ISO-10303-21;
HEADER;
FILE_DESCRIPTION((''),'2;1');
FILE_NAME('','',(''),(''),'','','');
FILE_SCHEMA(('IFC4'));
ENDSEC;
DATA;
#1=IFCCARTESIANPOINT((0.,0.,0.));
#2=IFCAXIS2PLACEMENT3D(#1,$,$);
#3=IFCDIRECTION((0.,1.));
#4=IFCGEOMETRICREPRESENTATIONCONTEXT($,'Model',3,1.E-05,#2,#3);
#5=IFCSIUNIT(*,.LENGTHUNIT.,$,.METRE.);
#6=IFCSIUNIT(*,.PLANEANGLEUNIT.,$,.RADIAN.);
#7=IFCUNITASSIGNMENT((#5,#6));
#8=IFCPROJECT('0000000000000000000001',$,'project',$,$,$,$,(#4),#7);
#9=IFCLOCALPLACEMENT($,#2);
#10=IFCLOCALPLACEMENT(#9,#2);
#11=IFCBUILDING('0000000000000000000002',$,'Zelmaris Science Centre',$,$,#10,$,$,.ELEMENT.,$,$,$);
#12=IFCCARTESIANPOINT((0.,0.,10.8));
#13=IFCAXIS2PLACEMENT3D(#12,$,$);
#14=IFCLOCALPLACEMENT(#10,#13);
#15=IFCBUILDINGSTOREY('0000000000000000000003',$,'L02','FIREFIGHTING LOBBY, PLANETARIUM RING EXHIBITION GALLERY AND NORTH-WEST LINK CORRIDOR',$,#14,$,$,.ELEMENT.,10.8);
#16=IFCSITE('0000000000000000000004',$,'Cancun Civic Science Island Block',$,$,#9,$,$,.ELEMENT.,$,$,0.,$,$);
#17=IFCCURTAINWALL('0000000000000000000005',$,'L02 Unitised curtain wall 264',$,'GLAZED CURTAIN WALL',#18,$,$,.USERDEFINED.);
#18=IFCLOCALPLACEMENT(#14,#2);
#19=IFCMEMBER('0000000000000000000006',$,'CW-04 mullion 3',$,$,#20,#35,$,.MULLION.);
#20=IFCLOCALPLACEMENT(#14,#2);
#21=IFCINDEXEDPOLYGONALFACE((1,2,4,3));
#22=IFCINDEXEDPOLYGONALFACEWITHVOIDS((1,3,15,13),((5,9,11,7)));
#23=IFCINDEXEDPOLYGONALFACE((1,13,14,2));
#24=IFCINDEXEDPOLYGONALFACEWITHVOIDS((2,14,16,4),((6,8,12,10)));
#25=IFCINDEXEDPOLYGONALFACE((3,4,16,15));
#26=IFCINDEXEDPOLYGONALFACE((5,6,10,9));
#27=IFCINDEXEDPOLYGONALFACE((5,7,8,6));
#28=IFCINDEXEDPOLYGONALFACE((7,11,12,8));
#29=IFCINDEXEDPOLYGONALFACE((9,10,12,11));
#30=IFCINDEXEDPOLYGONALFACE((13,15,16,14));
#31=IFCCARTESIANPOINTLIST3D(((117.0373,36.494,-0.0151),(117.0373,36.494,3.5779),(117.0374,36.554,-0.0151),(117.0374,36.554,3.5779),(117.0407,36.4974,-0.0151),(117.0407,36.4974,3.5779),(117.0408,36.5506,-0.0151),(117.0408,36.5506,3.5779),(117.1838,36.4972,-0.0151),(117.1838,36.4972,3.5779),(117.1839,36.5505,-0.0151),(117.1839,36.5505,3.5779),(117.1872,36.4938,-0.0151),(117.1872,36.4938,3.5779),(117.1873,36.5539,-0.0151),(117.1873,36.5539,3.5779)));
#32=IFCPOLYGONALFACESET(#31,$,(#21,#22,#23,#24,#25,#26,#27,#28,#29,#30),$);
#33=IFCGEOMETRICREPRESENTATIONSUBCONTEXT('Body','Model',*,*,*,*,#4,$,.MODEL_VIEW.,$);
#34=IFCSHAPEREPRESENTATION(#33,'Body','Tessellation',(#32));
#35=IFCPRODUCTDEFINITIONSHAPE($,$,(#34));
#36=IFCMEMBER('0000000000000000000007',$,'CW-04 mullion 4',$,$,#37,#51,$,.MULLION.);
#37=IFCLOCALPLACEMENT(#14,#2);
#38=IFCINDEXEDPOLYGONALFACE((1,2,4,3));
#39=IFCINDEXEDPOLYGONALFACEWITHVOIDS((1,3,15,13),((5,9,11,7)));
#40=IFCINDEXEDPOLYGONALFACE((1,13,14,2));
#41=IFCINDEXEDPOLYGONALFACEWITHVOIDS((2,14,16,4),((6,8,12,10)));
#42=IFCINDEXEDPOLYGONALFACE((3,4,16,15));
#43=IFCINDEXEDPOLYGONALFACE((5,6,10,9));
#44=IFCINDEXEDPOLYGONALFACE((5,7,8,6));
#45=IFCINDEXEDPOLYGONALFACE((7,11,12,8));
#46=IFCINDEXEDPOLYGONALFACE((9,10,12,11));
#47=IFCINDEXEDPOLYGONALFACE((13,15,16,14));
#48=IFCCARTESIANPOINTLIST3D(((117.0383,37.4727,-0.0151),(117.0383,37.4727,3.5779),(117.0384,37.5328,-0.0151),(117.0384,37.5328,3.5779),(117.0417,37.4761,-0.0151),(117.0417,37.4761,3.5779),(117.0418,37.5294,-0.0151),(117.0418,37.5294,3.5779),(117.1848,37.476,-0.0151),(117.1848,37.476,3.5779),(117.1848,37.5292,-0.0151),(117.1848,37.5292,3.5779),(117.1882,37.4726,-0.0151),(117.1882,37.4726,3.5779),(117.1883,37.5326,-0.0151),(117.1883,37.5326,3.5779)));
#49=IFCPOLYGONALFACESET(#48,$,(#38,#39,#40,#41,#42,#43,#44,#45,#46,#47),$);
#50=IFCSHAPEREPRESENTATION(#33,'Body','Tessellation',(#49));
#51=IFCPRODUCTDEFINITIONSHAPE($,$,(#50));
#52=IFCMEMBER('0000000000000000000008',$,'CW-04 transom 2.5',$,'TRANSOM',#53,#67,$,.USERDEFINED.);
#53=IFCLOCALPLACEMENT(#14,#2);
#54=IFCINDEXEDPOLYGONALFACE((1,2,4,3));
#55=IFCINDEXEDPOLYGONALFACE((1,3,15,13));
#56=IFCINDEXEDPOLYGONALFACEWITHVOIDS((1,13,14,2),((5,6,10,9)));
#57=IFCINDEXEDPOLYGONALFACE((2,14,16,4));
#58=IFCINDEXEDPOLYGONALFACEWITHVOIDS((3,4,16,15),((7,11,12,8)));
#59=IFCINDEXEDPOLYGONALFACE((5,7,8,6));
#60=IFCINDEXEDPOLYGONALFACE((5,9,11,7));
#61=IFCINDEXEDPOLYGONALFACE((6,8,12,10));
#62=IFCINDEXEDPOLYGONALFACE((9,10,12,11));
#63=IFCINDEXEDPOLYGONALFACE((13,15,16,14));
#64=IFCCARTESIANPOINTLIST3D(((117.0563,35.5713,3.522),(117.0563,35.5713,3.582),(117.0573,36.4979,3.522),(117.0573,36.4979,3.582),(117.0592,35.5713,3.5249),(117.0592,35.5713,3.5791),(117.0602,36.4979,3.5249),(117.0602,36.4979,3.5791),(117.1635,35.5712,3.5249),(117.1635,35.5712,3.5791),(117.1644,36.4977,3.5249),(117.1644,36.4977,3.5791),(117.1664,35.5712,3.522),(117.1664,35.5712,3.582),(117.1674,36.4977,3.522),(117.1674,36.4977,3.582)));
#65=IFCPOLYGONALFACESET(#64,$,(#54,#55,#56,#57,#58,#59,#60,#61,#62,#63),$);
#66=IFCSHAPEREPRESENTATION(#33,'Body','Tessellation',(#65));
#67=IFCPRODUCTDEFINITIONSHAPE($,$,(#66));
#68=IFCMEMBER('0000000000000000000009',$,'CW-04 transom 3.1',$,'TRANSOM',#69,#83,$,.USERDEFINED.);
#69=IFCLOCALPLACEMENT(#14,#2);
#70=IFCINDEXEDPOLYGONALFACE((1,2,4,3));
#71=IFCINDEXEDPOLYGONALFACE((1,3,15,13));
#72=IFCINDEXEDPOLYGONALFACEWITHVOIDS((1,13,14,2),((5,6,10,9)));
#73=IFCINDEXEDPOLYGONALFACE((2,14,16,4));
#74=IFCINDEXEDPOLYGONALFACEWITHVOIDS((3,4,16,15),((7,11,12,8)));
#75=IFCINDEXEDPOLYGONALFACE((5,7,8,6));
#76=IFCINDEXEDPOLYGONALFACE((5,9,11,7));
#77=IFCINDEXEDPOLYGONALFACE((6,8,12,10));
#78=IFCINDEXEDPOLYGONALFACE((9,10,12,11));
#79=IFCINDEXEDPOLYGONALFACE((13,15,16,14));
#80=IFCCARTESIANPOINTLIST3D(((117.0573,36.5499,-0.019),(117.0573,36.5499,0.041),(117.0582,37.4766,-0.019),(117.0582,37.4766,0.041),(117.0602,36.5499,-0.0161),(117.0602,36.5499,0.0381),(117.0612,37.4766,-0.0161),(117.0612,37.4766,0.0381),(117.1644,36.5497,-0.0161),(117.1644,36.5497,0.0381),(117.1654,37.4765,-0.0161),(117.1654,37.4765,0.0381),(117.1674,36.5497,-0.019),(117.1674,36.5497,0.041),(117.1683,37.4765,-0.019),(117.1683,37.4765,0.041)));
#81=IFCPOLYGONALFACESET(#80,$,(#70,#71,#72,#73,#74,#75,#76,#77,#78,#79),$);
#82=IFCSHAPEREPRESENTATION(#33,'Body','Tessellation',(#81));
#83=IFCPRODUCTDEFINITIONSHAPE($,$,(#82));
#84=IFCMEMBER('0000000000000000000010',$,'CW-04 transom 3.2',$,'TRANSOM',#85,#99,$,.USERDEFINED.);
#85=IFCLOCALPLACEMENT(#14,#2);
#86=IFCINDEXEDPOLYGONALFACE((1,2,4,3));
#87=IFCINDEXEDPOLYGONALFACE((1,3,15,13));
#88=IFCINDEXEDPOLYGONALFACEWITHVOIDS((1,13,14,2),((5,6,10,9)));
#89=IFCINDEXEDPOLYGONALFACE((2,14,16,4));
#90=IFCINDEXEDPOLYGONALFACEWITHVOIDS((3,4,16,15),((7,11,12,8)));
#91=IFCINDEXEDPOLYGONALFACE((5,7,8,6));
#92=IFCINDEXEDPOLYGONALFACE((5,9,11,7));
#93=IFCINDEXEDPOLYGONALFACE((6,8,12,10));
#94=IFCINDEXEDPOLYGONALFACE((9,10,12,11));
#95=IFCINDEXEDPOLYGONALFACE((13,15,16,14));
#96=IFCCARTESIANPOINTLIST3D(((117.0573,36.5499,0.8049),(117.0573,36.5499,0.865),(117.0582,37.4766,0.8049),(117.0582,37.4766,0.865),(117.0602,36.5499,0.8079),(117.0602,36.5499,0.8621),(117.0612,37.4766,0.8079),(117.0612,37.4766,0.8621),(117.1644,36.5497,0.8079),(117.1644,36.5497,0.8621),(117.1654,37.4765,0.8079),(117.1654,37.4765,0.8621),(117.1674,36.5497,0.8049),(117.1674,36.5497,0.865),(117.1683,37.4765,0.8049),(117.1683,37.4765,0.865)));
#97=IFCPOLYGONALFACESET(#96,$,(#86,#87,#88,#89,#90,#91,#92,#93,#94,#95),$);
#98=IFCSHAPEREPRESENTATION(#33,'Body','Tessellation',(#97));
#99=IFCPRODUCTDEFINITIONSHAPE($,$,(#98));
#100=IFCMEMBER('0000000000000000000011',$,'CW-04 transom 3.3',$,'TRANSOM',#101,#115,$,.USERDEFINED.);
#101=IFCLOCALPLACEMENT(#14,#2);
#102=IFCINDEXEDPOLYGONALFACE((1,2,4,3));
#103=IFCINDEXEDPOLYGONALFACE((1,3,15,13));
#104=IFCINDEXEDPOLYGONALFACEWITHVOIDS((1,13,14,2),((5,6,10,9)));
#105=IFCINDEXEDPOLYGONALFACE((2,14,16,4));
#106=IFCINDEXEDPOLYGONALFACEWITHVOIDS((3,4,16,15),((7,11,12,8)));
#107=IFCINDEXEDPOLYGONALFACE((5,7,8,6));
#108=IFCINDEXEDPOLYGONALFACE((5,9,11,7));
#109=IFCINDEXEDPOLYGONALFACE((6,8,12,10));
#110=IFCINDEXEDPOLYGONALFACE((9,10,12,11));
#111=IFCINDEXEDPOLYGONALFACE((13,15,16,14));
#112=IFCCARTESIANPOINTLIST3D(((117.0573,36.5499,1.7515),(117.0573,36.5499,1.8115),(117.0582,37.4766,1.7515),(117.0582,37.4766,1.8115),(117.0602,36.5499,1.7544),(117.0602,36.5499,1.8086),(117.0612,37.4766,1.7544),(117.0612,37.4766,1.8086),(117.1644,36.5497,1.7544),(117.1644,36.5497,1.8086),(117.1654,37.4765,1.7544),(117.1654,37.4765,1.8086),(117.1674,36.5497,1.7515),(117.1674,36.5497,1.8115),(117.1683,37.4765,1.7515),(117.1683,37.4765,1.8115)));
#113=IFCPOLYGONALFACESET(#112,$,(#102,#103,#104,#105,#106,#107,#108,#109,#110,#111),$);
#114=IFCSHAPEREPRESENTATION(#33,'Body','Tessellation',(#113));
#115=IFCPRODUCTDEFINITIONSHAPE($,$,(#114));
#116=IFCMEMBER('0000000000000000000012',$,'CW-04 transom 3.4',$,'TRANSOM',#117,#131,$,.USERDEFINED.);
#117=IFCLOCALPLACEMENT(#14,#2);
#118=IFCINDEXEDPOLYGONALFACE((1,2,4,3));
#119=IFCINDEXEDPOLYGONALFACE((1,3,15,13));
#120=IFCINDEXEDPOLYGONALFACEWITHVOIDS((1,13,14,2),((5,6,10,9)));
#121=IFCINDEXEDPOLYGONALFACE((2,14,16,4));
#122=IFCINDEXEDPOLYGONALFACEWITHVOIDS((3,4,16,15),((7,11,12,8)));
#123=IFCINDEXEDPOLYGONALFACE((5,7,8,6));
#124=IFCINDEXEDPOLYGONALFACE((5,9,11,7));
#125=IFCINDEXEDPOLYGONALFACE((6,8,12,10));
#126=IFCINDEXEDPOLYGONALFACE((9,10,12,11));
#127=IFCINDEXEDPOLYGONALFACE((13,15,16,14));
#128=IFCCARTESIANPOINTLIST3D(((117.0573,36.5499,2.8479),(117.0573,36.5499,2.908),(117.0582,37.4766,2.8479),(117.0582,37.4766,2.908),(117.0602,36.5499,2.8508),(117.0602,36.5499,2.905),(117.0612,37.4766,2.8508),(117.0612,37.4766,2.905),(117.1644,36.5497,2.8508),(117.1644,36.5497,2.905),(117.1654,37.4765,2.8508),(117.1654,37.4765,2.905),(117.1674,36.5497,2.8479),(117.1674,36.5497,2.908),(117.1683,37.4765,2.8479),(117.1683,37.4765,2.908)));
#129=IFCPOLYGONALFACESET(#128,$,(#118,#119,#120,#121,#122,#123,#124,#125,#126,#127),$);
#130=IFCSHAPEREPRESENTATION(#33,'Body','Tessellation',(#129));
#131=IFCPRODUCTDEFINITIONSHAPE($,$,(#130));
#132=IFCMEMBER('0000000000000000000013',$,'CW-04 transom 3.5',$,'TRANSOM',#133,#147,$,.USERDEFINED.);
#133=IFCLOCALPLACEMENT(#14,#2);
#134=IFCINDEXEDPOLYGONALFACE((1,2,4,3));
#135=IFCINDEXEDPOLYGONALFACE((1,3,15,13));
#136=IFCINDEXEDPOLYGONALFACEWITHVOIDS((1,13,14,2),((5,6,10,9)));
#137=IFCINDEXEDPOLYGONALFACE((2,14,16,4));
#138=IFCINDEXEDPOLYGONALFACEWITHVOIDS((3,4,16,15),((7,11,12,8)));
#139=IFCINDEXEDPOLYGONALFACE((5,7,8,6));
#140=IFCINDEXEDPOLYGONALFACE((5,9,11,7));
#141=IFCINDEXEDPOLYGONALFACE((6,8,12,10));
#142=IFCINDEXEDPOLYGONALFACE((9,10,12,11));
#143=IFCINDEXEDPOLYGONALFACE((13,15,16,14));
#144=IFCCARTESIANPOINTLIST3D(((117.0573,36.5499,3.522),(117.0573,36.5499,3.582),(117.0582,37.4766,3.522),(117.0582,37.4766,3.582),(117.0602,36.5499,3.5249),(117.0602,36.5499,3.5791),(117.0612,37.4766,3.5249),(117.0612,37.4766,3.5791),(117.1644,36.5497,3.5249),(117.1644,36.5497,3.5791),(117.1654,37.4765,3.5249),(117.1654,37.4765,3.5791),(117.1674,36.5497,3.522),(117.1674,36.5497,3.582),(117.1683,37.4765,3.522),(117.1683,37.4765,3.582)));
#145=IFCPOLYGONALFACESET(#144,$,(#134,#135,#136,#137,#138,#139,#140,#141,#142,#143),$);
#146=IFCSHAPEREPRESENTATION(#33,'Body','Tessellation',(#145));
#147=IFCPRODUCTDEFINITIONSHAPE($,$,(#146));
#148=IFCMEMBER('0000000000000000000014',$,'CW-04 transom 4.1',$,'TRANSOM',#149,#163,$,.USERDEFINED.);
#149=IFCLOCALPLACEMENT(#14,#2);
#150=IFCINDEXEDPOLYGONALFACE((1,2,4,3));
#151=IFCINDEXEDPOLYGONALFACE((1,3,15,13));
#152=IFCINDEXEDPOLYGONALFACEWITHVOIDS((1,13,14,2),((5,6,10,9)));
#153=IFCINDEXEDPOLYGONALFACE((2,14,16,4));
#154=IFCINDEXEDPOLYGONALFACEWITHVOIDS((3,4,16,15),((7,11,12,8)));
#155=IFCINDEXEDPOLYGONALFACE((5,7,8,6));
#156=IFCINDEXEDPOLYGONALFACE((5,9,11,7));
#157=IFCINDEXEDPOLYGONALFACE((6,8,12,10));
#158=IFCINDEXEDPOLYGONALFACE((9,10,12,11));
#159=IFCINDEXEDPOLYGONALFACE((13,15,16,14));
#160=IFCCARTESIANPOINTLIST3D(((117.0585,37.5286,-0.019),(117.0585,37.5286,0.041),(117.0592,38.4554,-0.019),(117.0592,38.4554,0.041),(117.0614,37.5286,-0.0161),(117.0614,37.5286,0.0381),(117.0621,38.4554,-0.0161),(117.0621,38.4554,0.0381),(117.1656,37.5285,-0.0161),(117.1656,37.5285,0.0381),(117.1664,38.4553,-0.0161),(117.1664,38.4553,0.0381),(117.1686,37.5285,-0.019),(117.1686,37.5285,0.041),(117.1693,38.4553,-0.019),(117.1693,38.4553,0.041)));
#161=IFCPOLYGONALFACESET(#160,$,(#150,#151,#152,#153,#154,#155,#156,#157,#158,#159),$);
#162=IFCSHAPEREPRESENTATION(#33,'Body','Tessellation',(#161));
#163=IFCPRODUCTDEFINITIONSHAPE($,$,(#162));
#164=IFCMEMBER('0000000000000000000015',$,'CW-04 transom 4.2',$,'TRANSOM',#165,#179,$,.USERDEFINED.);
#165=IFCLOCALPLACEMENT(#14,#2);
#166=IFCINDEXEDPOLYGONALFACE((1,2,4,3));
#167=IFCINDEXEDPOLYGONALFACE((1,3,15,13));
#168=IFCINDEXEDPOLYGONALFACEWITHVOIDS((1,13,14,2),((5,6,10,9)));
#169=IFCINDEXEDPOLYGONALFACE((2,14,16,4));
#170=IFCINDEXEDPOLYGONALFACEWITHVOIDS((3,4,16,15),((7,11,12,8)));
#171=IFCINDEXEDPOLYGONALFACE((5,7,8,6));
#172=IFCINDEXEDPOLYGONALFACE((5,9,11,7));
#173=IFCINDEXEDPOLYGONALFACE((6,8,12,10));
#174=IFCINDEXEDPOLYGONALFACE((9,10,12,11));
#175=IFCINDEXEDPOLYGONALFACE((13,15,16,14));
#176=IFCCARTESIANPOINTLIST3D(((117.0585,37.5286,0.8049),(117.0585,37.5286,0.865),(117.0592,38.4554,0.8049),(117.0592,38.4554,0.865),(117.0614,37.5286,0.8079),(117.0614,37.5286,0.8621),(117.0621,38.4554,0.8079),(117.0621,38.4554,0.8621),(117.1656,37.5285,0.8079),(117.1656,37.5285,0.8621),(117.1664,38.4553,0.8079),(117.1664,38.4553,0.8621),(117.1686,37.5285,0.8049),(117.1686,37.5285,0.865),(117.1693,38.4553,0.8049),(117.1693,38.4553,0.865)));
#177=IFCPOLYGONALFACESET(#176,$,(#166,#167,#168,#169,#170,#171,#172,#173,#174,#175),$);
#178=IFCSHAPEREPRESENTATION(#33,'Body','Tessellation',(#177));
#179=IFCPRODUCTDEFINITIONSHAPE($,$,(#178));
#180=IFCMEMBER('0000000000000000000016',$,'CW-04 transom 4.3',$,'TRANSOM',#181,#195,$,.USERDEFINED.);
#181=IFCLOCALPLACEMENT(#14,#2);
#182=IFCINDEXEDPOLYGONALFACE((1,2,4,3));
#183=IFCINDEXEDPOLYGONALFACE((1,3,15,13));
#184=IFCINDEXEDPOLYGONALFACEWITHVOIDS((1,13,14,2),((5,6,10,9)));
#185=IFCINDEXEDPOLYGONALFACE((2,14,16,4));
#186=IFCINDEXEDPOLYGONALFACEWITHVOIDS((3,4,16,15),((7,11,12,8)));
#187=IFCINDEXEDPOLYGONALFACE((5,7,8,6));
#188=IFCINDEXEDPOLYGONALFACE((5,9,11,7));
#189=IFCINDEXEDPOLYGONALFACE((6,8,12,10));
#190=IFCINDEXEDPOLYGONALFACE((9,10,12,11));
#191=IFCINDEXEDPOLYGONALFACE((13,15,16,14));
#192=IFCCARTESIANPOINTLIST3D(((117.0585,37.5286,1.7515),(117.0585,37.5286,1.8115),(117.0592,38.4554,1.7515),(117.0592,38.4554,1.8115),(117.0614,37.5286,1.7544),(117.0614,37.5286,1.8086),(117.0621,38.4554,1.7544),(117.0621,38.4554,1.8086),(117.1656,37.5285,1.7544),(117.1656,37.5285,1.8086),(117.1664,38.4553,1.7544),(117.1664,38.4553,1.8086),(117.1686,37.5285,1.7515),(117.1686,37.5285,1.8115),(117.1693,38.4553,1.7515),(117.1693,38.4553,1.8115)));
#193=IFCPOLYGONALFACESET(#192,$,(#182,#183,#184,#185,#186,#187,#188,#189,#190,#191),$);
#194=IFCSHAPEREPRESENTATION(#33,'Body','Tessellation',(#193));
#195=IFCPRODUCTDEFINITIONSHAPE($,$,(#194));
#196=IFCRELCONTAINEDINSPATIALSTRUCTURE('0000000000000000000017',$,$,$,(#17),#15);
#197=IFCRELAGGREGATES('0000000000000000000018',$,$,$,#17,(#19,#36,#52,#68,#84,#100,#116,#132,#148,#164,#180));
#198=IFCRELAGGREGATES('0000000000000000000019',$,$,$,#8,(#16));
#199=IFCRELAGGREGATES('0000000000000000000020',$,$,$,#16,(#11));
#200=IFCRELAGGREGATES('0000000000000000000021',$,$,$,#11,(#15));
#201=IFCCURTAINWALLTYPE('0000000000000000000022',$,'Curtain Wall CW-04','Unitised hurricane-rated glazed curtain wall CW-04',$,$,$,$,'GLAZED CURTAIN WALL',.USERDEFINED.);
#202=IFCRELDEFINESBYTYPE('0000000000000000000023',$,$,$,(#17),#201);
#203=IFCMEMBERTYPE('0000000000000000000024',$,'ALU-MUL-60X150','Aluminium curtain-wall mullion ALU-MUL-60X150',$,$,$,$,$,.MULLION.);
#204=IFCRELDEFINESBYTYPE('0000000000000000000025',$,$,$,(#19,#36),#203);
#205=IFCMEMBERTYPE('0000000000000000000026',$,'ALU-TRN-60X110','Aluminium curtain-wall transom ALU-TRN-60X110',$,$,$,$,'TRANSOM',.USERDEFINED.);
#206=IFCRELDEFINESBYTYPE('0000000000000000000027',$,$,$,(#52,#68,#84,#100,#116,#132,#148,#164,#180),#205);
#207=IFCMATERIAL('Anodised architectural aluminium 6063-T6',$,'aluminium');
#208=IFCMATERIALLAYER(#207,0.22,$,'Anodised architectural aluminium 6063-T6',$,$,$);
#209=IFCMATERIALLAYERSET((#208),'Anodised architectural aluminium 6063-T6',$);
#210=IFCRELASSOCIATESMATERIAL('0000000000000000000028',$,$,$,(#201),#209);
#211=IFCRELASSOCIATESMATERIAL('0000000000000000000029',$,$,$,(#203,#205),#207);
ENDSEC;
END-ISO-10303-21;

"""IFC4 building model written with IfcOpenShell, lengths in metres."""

from ifc_helpers import new_model, si_unit, direction, frame, origin, origin_2d, place, context, subcontext, project, spatial, hollow_rectangle, extrude, material, layer, layer_set, material_profile, profile_set, type_object, element, aggregate, save


model = new_model("IFC4")

# Units and contexts
model_context = context("Model", 3, precision=1e-05, world=origin(), true_north=direction((0.0, 1.0)))
body_context = subcontext(model_context, "Body", "Model", "MODEL_VIEW")
ifc_project = project(units=[si_unit("LENGTHUNIT", "METRE"), si_unit("PLANEANGLEUNIT", "RADIAN")], contexts=[model_context])

# Site, building, storey
site_placement = place(None, origin())
site = spatial("IfcSite", under=ifc_project, at=site_placement, Name="Cancun Civic Science Island Block", CompositionType="ELEMENT", RefElevation=0.0)
building_placement = place(site_placement, origin())
building = spatial("IfcBuilding", under=site, at=building_placement, Name="Zelmaris Science Centre", CompositionType="ELEMENT")
storey_placement = place(building_placement, frame((0.0, 0.0, 10.8)))
storey = spatial("IfcBuildingStorey", under=building, at=storey_placement, Name="L02", Description="FIREFIGHTING LOBBY, PLANETARIUM RING EXHIBITION GALLERY AND NORTH-WEST LINK CORRIDOR", CompositionType="ELEMENT", Elevation=10.8)

# Curtain wall, members
ifc_material_1 = material(Name="Anodised architectural aluminium 6063-T6", Category="aluminium")
ifc_layer_1 = layer(ifc_material_1, 0.22, Name="Anodised architectural aluminium 6063-T6")
ifc_layer_set_1 = layer_set([ifc_layer_1], Name="Anodised architectural aluminium 6063-T6")
curtain_wall_type = type_object("IfcCurtainWallType", Name="Curtain Wall CW-04", Description="Unitised hurricane-rated glazed curtain wall CW-04", ElementType="GLAZED CURTAIN WALL", PredefinedType="USERDEFINED", material=ifc_layer_set_1)
curtain_wall_placement = place(storey_placement, origin())
curtain_wall = element("IfcCurtainWall", 1, at=curtain_wall_placement, inside=storey, type_object=curtain_wall_type, Name="L02 Unitised curtain wall 264", ObjectType="GLAZED CURTAIN WALL", PredefinedType="USERDEFINED")
ifc_material_profile_1 = material_profile(ifc_material_1, hollow_rectangle(XDim=0.0601, YDim=0.1499, WallThickness=0.0034, at=origin_2d()), Name="ALU-MUL-60X150")
ifc_profile_set_1 = profile_set([ifc_material_profile_1], Name="Anodised architectural aluminium 6063-T6")
member_type_1 = type_object("IfcMemberType", Name="ALU-MUL-60X150", Description="Aluminium curtain-wall mullion ALU-MUL-60X150", PredefinedType="MULLION", material=ifc_profile_set_1)
member_1_placement = place(storey_placement, frame((117.1123, 36.5239, -0.0151), z_axis=(0.0, 0.0, 1.0), x_axis=(0.001019, 0.999999, 0.0)))
member_1 = element("IfcMember", 2, at=member_1_placement, type_object=member_type_1, Name="CW-04 mullion 3", PredefinedType="MULLION", context=body_context, shape_type="SweptSolid", body=[
    extrude(hollow_rectangle(XDim=0.0601, YDim=0.1499, WallThickness=0.0034, at=origin_2d()), origin(), (0.0, 0.0, 1.0), 3.593),
])
member_2_placement = place(storey_placement, frame((117.1133, 37.5027, -0.0151), z_axis=(0.0, 0.0, 1.0), x_axis=(0.001019, 0.999999, 0.0)))
member_2 = element("IfcMember", 3, at=member_2_placement, type_object=member_type_1, Name="CW-04 mullion 4", PredefinedType="MULLION", context=body_context, shape_type="SweptSolid", body=[
    extrude(hollow_rectangle(XDim=0.0601, YDim=0.1499, WallThickness=0.0034, at=origin_2d()), origin(), (0.0, 0.0, 1.0), 3.593),
])
ifc_material_profile_2 = material_profile(ifc_material_1, hollow_rectangle(XDim=0.0601, YDim=0.1101, WallThickness=0.0029, at=origin_2d()), Name="ALU-TRN-60X110")
ifc_profile_set_2 = profile_set([ifc_material_profile_2], Name="Anodised architectural aluminium 6063-T6")
member_type_2 = type_object("IfcMemberType", Name="ALU-TRN-60X110", Description="Aluminium curtain-wall transom ALU-TRN-60X110", ElementType="TRANSOM", PredefinedType="USERDEFINED", material=ifc_profile_set_2)
member_3_placement = place(storey_placement, frame((117.1113, 35.5713, 3.552), z_axis=(0.001054, 0.999999, 0.0), x_axis=(0.0, 0.0, 1.0)))
member_3 = element("IfcMember", 4, at=member_3_placement, type_object=member_type_2, Name="CW-04 transom 2.5", ObjectType="TRANSOM", PredefinedType="USERDEFINED", context=body_context, shape_type="SweptSolid", body=[
    extrude(hollow_rectangle(XDim=0.0601, YDim=0.1101, WallThickness=0.0029, at=origin_2d()), origin(), (0.0, 0.0, 1.0), 0.9265),
])
member_4_placement = place(storey_placement, frame((117.1123, 36.5498, 0.011), z_axis=(0.001054, 0.999999, 0.0), x_axis=(0.0, 0.0, 1.0)))
member_4 = element("IfcMember", 5, at=member_4_placement, type_object=member_type_2, Name="CW-04 transom 3.1", ObjectType="TRANSOM", PredefinedType="USERDEFINED", context=body_context, shape_type="SweptSolid", body=[
    extrude(hollow_rectangle(XDim=0.0601, YDim=0.1101, WallThickness=0.0029, at=origin_2d()), origin(), (0.0, 0.0, 1.0), 0.9268),
])
member_5_placement = place(storey_placement, frame((117.1123, 36.5498, 0.835), z_axis=(0.001054, 0.999999, 0.0), x_axis=(0.0, 0.0, 1.0)))
member_5 = element("IfcMember", 6, at=member_5_placement, type_object=member_type_2, Name="CW-04 transom 3.2", ObjectType="TRANSOM", PredefinedType="USERDEFINED", context=body_context, shape_type="SweptSolid", body=[
    extrude(hollow_rectangle(XDim=0.0601, YDim=0.1101, WallThickness=0.0029, at=origin_2d()), origin(), (0.0, 0.0, 1.0), 0.9268),
])
member_6_placement = place(storey_placement, frame((117.1123, 36.5498, 1.7815), z_axis=(0.001054, 0.999999, 0.0), x_axis=(0.0, 0.0, 1.0)))
member_6 = element("IfcMember", 7, at=member_6_placement, type_object=member_type_2, Name="CW-04 transom 3.3", ObjectType="TRANSOM", PredefinedType="USERDEFINED", context=body_context, shape_type="SweptSolid", body=[
    extrude(hollow_rectangle(XDim=0.0601, YDim=0.1101, WallThickness=0.0029, at=origin_2d()), origin(), (0.0, 0.0, 1.0), 0.9268),
])
member_7_placement = place(storey_placement, frame((117.1123, 36.5498, 2.8779), z_axis=(0.001054, 0.999999, 0.0), x_axis=(0.0, 0.0, 1.0)))
member_7 = element("IfcMember", 8, at=member_7_placement, type_object=member_type_2, Name="CW-04 transom 3.4", ObjectType="TRANSOM", PredefinedType="USERDEFINED", context=body_context, shape_type="SweptSolid", body=[
    extrude(hollow_rectangle(XDim=0.0601, YDim=0.1101, WallThickness=0.0029, at=origin_2d()), origin(), (0.0, 0.0, 1.0), 0.9268),
])
member_8_placement = place(storey_placement, frame((117.1123, 36.5498, 3.552), z_axis=(0.001054, 0.999999, 0.0), x_axis=(0.0, 0.0, 1.0)))
member_8 = element("IfcMember", 9, at=member_8_placement, type_object=member_type_2, Name="CW-04 transom 3.5", ObjectType="TRANSOM", PredefinedType="USERDEFINED", context=body_context, shape_type="SweptSolid", body=[
    extrude(hollow_rectangle(XDim=0.0601, YDim=0.1101, WallThickness=0.0029, at=origin_2d()), origin(), (0.0, 0.0, 1.0), 0.9268),
])
member_9_placement = place(storey_placement, frame((117.1135, 37.5286, 0.011), z_axis=(0.00079, 1.0, 0.0), x_axis=(0.0, 0.0, 1.0)))
member_9 = element("IfcMember", 10, at=member_9_placement, type_object=member_type_2, Name="CW-04 transom 4.1", ObjectType="TRANSOM", PredefinedType="USERDEFINED", context=body_context, shape_type="SweptSolid", body=[
    extrude(hollow_rectangle(XDim=0.0601, YDim=0.1101, WallThickness=0.0029, at=origin_2d()), origin(), (0.0, 0.0, 1.0), 0.9268),
])
member_10_placement = place(storey_placement, frame((117.1135, 37.5286, 0.835), z_axis=(0.00079, 1.0, 0.0), x_axis=(0.0, 0.0, 1.0)))
member_10 = element("IfcMember", 11, at=member_10_placement, type_object=member_type_2, Name="CW-04 transom 4.2", ObjectType="TRANSOM", PredefinedType="USERDEFINED", context=body_context, shape_type="SweptSolid", body=[
    extrude(hollow_rectangle(XDim=0.0601, YDim=0.1101, WallThickness=0.0029, at=origin_2d()), origin(), (0.0, 0.0, 1.0), 0.9268),
])
member_11_placement = place(storey_placement, frame((117.1135, 37.5286, 1.7815), z_axis=(0.00079, 1.0, 0.0), x_axis=(0.0, 0.0, 1.0)))
member_11 = element("IfcMember", 12, at=member_11_placement, type_object=member_type_2, Name="CW-04 transom 4.3", ObjectType="TRANSOM", PredefinedType="USERDEFINED", context=body_context, shape_type="SweptSolid", body=[
    extrude(hollow_rectangle(XDim=0.0601, YDim=0.1101, WallThickness=0.0029, at=origin_2d()), origin(), (0.0, 0.0, 1.0), 0.9268),
])
aggregate(curtain_wall, [member_1, member_2, member_3, member_4, member_5, member_6, member_7, member_8, member_9, member_10, member_11])

save(model, "model.ifc")
